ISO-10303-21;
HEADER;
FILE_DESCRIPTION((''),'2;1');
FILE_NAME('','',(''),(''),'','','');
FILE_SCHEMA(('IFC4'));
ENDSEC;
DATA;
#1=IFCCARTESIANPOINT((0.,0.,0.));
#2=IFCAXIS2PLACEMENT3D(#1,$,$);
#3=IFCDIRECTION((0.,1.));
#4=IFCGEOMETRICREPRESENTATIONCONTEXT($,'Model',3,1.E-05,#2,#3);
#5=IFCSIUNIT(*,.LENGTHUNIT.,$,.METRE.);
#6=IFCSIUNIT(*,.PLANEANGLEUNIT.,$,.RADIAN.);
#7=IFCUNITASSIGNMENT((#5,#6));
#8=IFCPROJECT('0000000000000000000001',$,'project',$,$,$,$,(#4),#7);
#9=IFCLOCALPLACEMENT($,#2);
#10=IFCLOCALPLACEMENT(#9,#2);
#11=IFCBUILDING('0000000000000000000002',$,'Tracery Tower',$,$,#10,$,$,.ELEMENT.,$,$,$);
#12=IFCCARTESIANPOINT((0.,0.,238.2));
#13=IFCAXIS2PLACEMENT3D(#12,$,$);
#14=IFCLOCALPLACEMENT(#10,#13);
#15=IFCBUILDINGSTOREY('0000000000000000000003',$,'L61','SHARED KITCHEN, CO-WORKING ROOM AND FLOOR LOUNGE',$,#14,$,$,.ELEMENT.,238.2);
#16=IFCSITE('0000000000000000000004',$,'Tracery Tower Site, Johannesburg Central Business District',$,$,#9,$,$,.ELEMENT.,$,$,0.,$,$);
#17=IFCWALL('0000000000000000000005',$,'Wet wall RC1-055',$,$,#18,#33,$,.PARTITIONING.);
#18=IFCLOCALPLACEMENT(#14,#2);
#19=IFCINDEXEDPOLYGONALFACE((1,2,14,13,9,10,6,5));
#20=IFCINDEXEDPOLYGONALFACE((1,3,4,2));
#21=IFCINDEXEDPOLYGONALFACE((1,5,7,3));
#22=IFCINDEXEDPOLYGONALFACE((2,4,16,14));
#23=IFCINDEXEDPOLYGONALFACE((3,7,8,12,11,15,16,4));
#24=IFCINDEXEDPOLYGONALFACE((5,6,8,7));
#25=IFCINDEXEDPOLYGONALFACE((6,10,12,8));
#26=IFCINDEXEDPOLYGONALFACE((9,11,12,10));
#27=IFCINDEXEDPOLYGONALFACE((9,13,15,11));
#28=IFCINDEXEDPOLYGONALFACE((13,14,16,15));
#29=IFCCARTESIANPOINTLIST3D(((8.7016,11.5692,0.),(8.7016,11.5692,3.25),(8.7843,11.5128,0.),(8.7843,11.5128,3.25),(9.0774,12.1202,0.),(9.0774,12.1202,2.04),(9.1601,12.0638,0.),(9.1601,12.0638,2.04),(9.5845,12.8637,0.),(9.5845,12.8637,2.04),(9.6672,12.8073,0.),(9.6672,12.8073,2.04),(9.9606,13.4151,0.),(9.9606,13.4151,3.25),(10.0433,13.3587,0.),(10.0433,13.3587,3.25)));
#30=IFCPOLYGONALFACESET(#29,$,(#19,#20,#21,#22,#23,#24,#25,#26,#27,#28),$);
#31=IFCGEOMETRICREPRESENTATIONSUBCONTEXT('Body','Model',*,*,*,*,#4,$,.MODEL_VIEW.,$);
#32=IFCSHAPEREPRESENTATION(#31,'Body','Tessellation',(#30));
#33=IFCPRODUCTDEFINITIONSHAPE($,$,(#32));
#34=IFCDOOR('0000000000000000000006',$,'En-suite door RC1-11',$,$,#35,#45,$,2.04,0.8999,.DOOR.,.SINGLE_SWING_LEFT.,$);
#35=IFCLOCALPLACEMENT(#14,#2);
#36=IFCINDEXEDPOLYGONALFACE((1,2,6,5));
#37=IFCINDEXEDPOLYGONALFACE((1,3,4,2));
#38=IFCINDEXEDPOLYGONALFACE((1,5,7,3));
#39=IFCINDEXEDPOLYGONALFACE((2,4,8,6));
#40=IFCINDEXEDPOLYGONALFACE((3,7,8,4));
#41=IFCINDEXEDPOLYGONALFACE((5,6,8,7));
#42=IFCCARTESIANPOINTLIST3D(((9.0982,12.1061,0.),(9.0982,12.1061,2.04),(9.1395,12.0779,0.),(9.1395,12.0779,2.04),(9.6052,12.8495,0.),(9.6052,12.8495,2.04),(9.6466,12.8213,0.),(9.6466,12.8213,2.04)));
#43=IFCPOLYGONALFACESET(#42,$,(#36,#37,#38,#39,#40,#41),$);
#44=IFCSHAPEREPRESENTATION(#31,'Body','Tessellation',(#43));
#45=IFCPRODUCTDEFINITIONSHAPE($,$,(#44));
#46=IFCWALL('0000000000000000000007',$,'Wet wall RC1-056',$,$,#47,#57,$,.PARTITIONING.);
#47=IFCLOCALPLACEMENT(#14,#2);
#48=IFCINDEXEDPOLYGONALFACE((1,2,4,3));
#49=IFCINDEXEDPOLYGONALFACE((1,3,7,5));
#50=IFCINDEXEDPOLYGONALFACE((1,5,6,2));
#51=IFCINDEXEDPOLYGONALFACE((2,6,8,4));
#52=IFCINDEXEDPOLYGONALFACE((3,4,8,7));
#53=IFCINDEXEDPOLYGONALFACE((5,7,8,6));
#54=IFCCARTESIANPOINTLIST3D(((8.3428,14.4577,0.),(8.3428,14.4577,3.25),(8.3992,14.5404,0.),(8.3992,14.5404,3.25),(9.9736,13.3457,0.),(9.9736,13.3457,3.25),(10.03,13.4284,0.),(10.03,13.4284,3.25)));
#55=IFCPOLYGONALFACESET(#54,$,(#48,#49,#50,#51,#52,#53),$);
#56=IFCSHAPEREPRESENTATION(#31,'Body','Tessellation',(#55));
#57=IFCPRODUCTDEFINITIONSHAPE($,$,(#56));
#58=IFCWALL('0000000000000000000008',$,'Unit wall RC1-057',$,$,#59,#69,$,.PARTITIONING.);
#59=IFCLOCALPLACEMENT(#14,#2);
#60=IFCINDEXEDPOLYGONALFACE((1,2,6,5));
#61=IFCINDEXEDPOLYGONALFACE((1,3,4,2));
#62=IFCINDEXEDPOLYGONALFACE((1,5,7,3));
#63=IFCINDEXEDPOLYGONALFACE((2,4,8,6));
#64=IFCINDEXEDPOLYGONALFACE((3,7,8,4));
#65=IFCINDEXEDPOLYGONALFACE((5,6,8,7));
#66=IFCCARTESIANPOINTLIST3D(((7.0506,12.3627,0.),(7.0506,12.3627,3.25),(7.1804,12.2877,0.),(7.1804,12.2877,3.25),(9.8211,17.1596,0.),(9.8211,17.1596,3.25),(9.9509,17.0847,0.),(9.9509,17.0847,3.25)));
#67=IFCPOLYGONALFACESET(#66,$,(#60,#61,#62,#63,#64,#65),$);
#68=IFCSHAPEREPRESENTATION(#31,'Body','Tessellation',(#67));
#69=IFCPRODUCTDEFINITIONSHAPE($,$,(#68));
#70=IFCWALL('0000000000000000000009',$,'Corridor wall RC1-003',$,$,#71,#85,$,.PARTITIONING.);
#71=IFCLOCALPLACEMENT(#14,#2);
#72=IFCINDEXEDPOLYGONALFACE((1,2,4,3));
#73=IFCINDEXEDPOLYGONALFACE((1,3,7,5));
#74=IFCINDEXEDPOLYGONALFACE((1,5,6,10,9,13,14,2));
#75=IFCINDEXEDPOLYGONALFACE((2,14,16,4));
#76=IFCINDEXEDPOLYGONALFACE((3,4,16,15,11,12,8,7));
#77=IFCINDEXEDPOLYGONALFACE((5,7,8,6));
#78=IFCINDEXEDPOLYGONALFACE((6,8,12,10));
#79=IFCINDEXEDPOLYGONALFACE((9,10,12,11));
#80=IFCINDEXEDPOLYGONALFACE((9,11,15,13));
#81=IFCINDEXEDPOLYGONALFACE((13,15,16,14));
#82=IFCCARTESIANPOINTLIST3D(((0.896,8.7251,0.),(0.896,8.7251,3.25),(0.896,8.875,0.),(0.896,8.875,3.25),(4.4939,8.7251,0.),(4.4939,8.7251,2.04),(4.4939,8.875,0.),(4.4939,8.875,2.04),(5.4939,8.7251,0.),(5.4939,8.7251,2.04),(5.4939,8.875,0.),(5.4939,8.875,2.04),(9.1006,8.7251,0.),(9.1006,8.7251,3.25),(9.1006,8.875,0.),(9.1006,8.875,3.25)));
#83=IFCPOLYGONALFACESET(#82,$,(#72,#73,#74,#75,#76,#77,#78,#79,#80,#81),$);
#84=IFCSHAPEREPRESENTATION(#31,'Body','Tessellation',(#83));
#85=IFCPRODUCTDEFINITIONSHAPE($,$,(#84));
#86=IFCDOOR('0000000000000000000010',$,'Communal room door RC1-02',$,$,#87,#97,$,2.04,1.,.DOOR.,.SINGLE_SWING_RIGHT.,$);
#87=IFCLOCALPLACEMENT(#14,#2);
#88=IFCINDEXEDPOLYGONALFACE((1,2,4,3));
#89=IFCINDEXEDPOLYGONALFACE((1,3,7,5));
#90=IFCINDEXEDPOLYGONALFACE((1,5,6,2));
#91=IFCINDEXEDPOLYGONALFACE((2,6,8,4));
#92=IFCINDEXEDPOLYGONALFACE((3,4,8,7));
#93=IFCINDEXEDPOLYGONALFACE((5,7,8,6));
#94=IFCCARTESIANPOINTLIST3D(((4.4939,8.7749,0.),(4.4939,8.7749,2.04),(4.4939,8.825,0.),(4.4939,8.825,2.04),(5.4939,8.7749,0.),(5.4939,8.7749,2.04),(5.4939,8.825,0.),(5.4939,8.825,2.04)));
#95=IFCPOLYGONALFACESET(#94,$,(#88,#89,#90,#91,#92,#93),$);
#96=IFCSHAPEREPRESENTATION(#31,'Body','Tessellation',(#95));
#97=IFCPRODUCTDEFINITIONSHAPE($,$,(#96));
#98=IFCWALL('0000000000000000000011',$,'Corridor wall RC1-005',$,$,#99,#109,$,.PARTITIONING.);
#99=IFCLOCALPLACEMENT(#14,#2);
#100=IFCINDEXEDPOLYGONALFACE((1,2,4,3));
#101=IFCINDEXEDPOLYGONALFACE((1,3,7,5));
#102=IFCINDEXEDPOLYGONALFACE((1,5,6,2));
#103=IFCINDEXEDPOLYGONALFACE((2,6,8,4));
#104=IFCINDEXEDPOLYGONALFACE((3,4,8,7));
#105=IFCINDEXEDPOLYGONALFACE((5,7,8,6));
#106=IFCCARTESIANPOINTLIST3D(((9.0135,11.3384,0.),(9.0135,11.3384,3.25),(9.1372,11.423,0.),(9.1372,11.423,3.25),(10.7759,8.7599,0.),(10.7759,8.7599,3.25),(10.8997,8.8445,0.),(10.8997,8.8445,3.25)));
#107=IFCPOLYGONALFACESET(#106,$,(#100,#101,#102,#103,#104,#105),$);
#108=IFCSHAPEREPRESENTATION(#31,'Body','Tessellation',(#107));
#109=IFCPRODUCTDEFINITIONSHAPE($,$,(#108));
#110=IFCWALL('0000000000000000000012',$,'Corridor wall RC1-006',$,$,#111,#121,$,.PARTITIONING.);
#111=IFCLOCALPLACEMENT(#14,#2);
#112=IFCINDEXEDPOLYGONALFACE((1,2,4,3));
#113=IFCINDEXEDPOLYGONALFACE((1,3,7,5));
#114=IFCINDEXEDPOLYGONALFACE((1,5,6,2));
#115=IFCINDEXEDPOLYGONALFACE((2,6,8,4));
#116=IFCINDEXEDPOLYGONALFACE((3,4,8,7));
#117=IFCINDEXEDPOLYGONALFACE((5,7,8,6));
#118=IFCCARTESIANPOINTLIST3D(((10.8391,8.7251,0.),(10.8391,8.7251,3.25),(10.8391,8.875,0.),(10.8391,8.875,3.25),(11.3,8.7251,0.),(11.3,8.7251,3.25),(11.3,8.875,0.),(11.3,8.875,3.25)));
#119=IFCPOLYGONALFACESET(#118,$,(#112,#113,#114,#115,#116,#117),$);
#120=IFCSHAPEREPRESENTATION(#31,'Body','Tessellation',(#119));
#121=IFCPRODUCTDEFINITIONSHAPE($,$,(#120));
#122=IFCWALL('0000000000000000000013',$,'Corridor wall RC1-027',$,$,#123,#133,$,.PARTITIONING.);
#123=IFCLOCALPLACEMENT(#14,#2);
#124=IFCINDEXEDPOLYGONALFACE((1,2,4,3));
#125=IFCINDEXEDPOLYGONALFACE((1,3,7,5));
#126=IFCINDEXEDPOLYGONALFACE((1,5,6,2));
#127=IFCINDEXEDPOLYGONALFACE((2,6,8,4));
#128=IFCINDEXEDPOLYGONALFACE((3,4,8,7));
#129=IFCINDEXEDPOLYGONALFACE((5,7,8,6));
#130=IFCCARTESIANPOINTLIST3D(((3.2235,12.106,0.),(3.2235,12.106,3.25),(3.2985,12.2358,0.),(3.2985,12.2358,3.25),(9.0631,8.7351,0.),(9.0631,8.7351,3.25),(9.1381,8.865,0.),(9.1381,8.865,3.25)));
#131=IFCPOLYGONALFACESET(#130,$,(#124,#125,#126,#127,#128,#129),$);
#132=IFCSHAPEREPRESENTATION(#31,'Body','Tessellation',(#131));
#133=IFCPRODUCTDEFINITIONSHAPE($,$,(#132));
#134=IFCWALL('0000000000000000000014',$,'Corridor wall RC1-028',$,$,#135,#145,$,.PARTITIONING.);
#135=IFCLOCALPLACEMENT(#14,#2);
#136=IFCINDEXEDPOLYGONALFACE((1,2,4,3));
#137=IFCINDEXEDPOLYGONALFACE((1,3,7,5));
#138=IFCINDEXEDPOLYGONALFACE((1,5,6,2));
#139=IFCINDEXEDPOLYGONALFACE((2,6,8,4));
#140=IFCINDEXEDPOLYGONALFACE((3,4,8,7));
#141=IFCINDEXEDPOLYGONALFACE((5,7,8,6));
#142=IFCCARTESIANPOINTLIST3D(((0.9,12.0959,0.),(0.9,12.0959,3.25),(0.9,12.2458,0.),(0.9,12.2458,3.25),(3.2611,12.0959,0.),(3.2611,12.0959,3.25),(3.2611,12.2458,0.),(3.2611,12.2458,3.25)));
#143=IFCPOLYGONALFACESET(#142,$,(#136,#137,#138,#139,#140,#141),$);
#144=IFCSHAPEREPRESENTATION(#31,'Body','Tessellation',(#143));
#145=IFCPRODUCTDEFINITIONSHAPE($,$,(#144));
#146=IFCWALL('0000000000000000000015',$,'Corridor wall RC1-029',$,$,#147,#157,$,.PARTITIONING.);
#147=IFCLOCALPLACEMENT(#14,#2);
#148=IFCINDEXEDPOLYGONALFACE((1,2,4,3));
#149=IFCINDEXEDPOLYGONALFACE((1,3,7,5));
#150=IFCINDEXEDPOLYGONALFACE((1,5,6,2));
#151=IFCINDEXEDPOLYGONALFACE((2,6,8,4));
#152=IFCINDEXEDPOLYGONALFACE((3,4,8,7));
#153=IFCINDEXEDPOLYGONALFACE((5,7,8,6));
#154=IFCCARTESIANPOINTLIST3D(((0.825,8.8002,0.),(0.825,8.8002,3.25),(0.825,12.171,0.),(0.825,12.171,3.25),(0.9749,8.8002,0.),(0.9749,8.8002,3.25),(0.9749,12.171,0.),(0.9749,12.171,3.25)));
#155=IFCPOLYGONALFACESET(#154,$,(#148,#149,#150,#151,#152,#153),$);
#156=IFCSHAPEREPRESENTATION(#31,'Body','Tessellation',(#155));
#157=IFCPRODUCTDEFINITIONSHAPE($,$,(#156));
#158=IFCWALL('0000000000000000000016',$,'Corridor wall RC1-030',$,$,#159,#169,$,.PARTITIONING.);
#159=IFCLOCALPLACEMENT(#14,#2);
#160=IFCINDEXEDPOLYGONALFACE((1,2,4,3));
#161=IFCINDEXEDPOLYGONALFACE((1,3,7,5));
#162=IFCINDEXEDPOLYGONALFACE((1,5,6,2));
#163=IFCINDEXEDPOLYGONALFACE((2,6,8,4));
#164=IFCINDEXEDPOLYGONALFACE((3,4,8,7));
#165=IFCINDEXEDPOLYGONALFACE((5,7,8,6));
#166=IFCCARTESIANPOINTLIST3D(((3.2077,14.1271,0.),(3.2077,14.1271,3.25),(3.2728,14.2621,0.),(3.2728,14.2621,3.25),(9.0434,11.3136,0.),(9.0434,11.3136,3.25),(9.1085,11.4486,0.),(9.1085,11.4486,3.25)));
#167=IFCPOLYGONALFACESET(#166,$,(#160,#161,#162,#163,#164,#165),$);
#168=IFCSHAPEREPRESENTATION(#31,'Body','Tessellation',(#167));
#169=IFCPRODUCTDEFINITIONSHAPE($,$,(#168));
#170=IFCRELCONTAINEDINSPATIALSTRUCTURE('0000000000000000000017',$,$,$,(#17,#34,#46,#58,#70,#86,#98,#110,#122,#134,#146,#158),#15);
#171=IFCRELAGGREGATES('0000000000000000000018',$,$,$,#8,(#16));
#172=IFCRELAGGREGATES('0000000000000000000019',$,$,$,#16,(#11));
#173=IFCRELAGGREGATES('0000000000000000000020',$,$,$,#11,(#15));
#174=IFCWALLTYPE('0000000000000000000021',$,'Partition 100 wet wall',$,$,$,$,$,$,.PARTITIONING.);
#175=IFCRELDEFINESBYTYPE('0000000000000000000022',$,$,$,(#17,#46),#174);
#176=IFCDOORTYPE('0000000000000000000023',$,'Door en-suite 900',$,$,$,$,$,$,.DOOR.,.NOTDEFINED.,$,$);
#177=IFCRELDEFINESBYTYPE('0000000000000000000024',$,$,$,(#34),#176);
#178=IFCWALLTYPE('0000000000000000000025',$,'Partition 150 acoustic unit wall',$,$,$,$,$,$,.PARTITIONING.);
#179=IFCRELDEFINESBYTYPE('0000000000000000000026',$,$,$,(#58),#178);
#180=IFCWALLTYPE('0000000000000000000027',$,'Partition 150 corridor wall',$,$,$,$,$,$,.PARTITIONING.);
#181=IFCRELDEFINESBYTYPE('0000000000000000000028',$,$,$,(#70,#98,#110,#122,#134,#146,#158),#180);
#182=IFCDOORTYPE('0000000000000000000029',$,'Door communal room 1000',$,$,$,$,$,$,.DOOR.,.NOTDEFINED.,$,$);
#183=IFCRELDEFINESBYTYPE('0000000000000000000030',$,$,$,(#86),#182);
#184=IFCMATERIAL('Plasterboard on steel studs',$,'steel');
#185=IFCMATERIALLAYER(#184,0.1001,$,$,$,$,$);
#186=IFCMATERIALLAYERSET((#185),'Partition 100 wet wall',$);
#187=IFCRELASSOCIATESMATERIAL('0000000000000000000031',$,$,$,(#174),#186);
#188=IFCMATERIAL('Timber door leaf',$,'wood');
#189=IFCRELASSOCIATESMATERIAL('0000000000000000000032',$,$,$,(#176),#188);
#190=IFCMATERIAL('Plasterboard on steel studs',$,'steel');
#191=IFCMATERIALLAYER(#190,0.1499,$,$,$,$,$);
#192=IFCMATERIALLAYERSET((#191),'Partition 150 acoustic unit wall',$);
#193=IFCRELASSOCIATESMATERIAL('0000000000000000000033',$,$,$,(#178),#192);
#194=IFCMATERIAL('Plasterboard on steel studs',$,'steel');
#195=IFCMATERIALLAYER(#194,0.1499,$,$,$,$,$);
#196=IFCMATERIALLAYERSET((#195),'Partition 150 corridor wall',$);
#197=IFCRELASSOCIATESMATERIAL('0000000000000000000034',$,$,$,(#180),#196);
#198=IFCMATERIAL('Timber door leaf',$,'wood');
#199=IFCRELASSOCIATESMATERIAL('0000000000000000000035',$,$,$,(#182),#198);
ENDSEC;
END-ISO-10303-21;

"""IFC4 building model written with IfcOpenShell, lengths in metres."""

from ifc_helpers import new_model, si_unit, direction, frame, frame_2d, origin, place, context, subcontext, project, spatial, rectangle, extrude, material, layer, layer_set, type_object, element, fill, save


model = new_model("IFC4")

# Units and contexts
model_context = context("Model", 3, precision=1e-05, world=origin(), true_north=direction((0.0, 1.0)))
body_context = subcontext(model_context, "Body", "Model", "MODEL_VIEW")
ifc_project = project(units=[si_unit("LENGTHUNIT", "METRE"), si_unit("PLANEANGLEUNIT", "RADIAN")], contexts=[model_context])

# Site, building, storey
site_placement = place(None, origin())
site = spatial("IfcSite", under=ifc_project, at=site_placement, Name="Tracery Tower Site, Johannesburg Central Business District", CompositionType="ELEMENT", RefElevation=0.0)
building_placement = place(site_placement, origin())
building = spatial("IfcBuilding", under=site, at=building_placement, Name="Tracery Tower", CompositionType="ELEMENT")
storey_placement = place(building_placement, frame((0.0, 0.0, 238.2)))
storey = spatial("IfcBuildingStorey", under=building, at=storey_placement, Name="L61", Description="SHARED KITCHEN, CO-WORKING ROOM AND FLOOR LOUNGE", CompositionType="ELEMENT", Elevation=238.2)

# Wall, opening, door
ifc_material_1 = material(Name="Plasterboard on steel studs", Category="steel")
ifc_layer_1 = layer(ifc_material_1, 0.1001)
ifc_layer_set_1 = layer_set([ifc_layer_1], Name="Partition 100 wet wall")
wall_type_1 = type_object("IfcWallType", Name="Partition 100 wet wall", PredefinedType="PARTITIONING", material=ifc_layer_set_1)
wall_1_placement = place(storey_placement, frame((8.7429, 11.541, 0.0), z_axis=(0.0, 0.0, 1.0), x_axis=(0.563469, 0.826137, 0.0)))
wall_1 = element("IfcWall", 1, at=wall_1_placement, inside=storey, type_object=wall_type_1, Name="Wet wall RC1-055", PredefinedType="PARTITIONING", context=body_context, shape_type="SweptSolid", body=[
    extrude(rectangle(XDim=2.2344, YDim=0.1001, at=frame_2d((1.1172, 0.0))), origin(), (0.0, 0.0, 1.0), 3.25),
])
opening_1_placement = place(wall_1_placement, frame((0.667, 0.0, 0.0)))
opening_1 = element("IfcOpeningElement", 2, at=opening_1_placement, cuts=wall_1, PredefinedType="OPENING", context=body_context, shape_type="SweptSolid", body=[
    extrude(rectangle(XDim=0.8999, YDim=2.04, at=frame_2d((0.45, 1.02))), frame((0.0, 0.05, 0.0), z_axis=(0.0, -1.0, 0.0), x_axis=(1.0, 0.0, 0.0)), (0.0, 0.0, 1.0), 0.1001),
])
ifc_material_2 = material(Name="Timber door leaf", Category="wood")
door_type_1 = type_object("IfcDoorType", Name="Door en-suite 900", OperationType="NOTDEFINED", PredefinedType="DOOR", material=ifc_material_2)
door_1_placement = place(opening_1_placement, origin())
door_1 = element("IfcDoor", 3, at=door_1_placement, inside=storey, type_object=door_type_1, Name="En-suite door RC1-11", OperationType="SINGLE_SWING_LEFT", OverallHeight=2.04, OverallWidth=0.8999, PredefinedType="DOOR", context=body_context, shape_type="SweptSolid", body=[
    extrude(rectangle(XDim=0.8999, YDim=2.04, at=frame_2d((0.45, 1.02))), frame((0.0, 0.0249, 0.0), z_axis=(0.0, -1.0, 0.0), x_axis=(1.0, 0.0, 0.0)), (0.0, 0.0, 1.0), 0.05),
])
fill(opening_1, door_1)

# Walls
wall_2_placement = place(storey_placement, frame((8.3711, 14.499, 0.0), z_axis=(0.0, 0.0, 1.0), x_axis=(0.826201, -0.563375, 0.0)))
element("IfcWall", 4, at=wall_2_placement, inside=storey, type_object=wall_type_1, Name="Wet wall RC1-056", PredefinedType="PARTITIONING", context=body_context, shape_type="SweptSolid", body=[
    extrude(rectangle(XDim=1.9739, YDim=0.1001, at=frame_2d((0.9868, 0.0))), origin(), (0.0, 0.0, 1.0), 3.25),
])
ifc_material_3 = material(Name="Plasterboard on steel studs", Category="steel")
ifc_layer_2 = layer(ifc_material_3, 0.1499)
ifc_layer_set_2 = layer_set([ifc_layer_2], Name="Partition 150 acoustic unit wall")
wall_type_2 = type_object("IfcWallType", Name="Partition 150 acoustic unit wall", PredefinedType="PARTITIONING", material=ifc_layer_set_2)
wall_3_placement = place(storey_placement, frame((7.1155, 12.3252, 0.0), z_axis=(0.0, 0.0, 1.0), x_axis=(0.50014, 0.865945, 0.0)))
element("IfcWall", 5, at=wall_3_placement, inside=storey, type_object=wall_type_2, Name="Unit wall RC1-057", PredefinedType="PARTITIONING", context=body_context, shape_type="SweptSolid", body=[
    extrude(rectangle(XDim=5.5396, YDim=0.1499, at=frame_2d((2.7698, 0.0))), origin(), (0.0, 0.0, 1.0), 3.25),
])

# Wall, opening, door
ifc_material_4 = material(Name="Plasterboard on steel studs", Category="steel")
ifc_layer_3 = layer(ifc_material_4, 0.1499)
ifc_layer_set_3 = layer_set([ifc_layer_3], Name="Partition 150 corridor wall")
wall_type_3 = type_object("IfcWallType", Name="Partition 150 corridor wall", PredefinedType="PARTITIONING", material=ifc_layer_set_3)
wall_4_placement = place(storey_placement, frame((0.896, 8.8, 0.0), z_axis=(0.0, 0.0, 1.0), x_axis=(1.0, 0.0, 0.0)))
wall_4 = element("IfcWall", 6, at=wall_4_placement, inside=storey, type_object=wall_type_3, Name="Corridor wall RC1-003", PredefinedType="PARTITIONING", context=body_context, shape_type="SweptSolid", body=[
    extrude(rectangle(XDim=8.2046, YDim=0.1499, at=frame_2d((4.1023, 0.0))), origin(), (0.0, 0.0, 1.0), 3.25),
])
opening_2_placement = place(wall_4_placement, frame((3.5979, 0.0, 0.0)))
opening_2 = element("IfcOpeningElement", 7, at=opening_2_placement, cuts=wall_4, PredefinedType="OPENING", context=body_context, shape_type="SweptSolid", body=[
    extrude(rectangle(XDim=1.0, YDim=2.04, at=frame_2d((0.5, 1.02))), frame((0.0, 0.075, 0.0), z_axis=(0.0, -1.0, 0.0), x_axis=(1.0, 0.0, 0.0)), (0.0, 0.0, 1.0), 0.1499),
])
ifc_material_5 = material(Name="Timber door leaf", Category="wood")
door_type_2 = type_object("IfcDoorType", Name="Door communal room 1000", OperationType="NOTDEFINED", PredefinedType="DOOR", material=ifc_material_5)
door_2_placement = place(opening_2_placement, origin())
door_2 = element("IfcDoor", 8, at=door_2_placement, inside=storey, type_object=door_type_2, Name="Communal room door RC1-02", OperationType="SINGLE_SWING_RIGHT", OverallHeight=2.04, OverallWidth=1.0, PredefinedType="DOOR", context=body_context, shape_type="SweptSolid", body=[
    extrude(rectangle(XDim=1.0, YDim=2.04, at=frame_2d((0.5, 1.02))), frame((0.0, 0.0249, 0.0), z_axis=(0.0, -1.0, 0.0), x_axis=(1.0, 0.0, 0.0)), (0.0, 0.0, 1.0), 0.05),
])
fill(opening_2, door_2)

# Walls
wall_5_placement = place(storey_placement, frame((9.0754, 11.3806, 0.0), z_axis=(0.0, 0.0, 1.0), x_axis=(0.564278, -0.825585, 0.0)))
element("IfcWall", 9, at=wall_5_placement, inside=storey, type_object=wall_type_3, Name="Corridor wall RC1-005", PredefinedType="PARTITIONING", context=body_context, shape_type="SweptSolid", body=[
    extrude(rectangle(XDim=3.1233, YDim=0.1499, at=frame_2d((1.5615, 0.0))), origin(), (0.0, 0.0, 1.0), 3.25),
])
wall_6_placement = place(storey_placement, frame((10.8391, 8.8, 0.0), z_axis=(0.0, 0.0, 1.0), x_axis=(1.0, 0.0, 0.0)))
element("IfcWall", 10, at=wall_6_placement, inside=storey, type_object=wall_type_3, Name="Corridor wall RC1-006", PredefinedType="PARTITIONING", context=body_context, shape_type="SweptSolid", body=[
    extrude(rectangle(XDim=0.4609, YDim=0.1499, at=frame_2d((0.2305, 0.0))), origin(), (0.0, 0.0, 1.0), 3.25),
])
wall_7_placement = place(storey_placement, frame((3.261, 12.1709, 0.0), z_axis=(0.0, 0.0, 1.0), x_axis=(0.866067, -0.499928, 0.0)))
element("IfcWall", 11, at=wall_7_placement, inside=storey, type_object=wall_type_3, Name="Corridor wall RC1-027", PredefinedType="PARTITIONING", context=body_context, shape_type="SweptSolid", body=[
    extrude(rectangle(XDim=6.7427, YDim=0.1499, at=frame_2d((3.3713, 0.0))), origin(), (0.0, 0.0, 1.0), 3.25),
])
wall_8_placement = place(storey_placement, frame((0.8999, 12.1709, 0.0), z_axis=(0.0, 0.0, 1.0), x_axis=(1.0, 0.0, 0.0)))
element("IfcWall", 12, at=wall_8_placement, inside=storey, type_object=wall_type_3, Name="Corridor wall RC1-028", PredefinedType="PARTITIONING", context=body_context, shape_type="SweptSolid", body=[
    extrude(rectangle(XDim=2.3611, YDim=0.1499, at=frame_2d((1.1807, 0.0))), origin(), (0.0, 0.0, 1.0), 3.25),
])
wall_9_placement = place(storey_placement, frame((0.8999, 8.8, 0.0), z_axis=(0.0, 0.0, 1.0), x_axis=(0.0, 1.0, 0.0)))
element("IfcWall", 13, at=wall_9_placement, inside=storey, type_object=wall_type_3, Name="Corridor wall RC1-029", PredefinedType="PARTITIONING", context=body_context, shape_type="SweptSolid", body=[
    extrude(rectangle(XDim=3.3708, YDim=0.1499, at=frame_2d((1.6855, 0.0))), origin(), (0.0, 0.0, 1.0), 3.25),
])
wall_10_placement = place(storey_placement, frame((3.2402, 14.1946, 0.0), z_axis=(0.0, 0.0, 1.0), x_axis=(0.900778, -0.434279, 0.0)))
element("IfcWall", 14, at=wall_10_placement, inside=storey, type_object=wall_type_3, Name="Corridor wall RC1-030", PredefinedType="PARTITIONING", context=body_context, shape_type="SweptSolid", body=[
    extrude(rectangle(XDim=6.4785, YDim=0.1499, at=frame_2d((3.2393, 0.0))), origin(), (0.0, 0.0, 1.0), 3.25),
])

save(model, "model.ifc")
